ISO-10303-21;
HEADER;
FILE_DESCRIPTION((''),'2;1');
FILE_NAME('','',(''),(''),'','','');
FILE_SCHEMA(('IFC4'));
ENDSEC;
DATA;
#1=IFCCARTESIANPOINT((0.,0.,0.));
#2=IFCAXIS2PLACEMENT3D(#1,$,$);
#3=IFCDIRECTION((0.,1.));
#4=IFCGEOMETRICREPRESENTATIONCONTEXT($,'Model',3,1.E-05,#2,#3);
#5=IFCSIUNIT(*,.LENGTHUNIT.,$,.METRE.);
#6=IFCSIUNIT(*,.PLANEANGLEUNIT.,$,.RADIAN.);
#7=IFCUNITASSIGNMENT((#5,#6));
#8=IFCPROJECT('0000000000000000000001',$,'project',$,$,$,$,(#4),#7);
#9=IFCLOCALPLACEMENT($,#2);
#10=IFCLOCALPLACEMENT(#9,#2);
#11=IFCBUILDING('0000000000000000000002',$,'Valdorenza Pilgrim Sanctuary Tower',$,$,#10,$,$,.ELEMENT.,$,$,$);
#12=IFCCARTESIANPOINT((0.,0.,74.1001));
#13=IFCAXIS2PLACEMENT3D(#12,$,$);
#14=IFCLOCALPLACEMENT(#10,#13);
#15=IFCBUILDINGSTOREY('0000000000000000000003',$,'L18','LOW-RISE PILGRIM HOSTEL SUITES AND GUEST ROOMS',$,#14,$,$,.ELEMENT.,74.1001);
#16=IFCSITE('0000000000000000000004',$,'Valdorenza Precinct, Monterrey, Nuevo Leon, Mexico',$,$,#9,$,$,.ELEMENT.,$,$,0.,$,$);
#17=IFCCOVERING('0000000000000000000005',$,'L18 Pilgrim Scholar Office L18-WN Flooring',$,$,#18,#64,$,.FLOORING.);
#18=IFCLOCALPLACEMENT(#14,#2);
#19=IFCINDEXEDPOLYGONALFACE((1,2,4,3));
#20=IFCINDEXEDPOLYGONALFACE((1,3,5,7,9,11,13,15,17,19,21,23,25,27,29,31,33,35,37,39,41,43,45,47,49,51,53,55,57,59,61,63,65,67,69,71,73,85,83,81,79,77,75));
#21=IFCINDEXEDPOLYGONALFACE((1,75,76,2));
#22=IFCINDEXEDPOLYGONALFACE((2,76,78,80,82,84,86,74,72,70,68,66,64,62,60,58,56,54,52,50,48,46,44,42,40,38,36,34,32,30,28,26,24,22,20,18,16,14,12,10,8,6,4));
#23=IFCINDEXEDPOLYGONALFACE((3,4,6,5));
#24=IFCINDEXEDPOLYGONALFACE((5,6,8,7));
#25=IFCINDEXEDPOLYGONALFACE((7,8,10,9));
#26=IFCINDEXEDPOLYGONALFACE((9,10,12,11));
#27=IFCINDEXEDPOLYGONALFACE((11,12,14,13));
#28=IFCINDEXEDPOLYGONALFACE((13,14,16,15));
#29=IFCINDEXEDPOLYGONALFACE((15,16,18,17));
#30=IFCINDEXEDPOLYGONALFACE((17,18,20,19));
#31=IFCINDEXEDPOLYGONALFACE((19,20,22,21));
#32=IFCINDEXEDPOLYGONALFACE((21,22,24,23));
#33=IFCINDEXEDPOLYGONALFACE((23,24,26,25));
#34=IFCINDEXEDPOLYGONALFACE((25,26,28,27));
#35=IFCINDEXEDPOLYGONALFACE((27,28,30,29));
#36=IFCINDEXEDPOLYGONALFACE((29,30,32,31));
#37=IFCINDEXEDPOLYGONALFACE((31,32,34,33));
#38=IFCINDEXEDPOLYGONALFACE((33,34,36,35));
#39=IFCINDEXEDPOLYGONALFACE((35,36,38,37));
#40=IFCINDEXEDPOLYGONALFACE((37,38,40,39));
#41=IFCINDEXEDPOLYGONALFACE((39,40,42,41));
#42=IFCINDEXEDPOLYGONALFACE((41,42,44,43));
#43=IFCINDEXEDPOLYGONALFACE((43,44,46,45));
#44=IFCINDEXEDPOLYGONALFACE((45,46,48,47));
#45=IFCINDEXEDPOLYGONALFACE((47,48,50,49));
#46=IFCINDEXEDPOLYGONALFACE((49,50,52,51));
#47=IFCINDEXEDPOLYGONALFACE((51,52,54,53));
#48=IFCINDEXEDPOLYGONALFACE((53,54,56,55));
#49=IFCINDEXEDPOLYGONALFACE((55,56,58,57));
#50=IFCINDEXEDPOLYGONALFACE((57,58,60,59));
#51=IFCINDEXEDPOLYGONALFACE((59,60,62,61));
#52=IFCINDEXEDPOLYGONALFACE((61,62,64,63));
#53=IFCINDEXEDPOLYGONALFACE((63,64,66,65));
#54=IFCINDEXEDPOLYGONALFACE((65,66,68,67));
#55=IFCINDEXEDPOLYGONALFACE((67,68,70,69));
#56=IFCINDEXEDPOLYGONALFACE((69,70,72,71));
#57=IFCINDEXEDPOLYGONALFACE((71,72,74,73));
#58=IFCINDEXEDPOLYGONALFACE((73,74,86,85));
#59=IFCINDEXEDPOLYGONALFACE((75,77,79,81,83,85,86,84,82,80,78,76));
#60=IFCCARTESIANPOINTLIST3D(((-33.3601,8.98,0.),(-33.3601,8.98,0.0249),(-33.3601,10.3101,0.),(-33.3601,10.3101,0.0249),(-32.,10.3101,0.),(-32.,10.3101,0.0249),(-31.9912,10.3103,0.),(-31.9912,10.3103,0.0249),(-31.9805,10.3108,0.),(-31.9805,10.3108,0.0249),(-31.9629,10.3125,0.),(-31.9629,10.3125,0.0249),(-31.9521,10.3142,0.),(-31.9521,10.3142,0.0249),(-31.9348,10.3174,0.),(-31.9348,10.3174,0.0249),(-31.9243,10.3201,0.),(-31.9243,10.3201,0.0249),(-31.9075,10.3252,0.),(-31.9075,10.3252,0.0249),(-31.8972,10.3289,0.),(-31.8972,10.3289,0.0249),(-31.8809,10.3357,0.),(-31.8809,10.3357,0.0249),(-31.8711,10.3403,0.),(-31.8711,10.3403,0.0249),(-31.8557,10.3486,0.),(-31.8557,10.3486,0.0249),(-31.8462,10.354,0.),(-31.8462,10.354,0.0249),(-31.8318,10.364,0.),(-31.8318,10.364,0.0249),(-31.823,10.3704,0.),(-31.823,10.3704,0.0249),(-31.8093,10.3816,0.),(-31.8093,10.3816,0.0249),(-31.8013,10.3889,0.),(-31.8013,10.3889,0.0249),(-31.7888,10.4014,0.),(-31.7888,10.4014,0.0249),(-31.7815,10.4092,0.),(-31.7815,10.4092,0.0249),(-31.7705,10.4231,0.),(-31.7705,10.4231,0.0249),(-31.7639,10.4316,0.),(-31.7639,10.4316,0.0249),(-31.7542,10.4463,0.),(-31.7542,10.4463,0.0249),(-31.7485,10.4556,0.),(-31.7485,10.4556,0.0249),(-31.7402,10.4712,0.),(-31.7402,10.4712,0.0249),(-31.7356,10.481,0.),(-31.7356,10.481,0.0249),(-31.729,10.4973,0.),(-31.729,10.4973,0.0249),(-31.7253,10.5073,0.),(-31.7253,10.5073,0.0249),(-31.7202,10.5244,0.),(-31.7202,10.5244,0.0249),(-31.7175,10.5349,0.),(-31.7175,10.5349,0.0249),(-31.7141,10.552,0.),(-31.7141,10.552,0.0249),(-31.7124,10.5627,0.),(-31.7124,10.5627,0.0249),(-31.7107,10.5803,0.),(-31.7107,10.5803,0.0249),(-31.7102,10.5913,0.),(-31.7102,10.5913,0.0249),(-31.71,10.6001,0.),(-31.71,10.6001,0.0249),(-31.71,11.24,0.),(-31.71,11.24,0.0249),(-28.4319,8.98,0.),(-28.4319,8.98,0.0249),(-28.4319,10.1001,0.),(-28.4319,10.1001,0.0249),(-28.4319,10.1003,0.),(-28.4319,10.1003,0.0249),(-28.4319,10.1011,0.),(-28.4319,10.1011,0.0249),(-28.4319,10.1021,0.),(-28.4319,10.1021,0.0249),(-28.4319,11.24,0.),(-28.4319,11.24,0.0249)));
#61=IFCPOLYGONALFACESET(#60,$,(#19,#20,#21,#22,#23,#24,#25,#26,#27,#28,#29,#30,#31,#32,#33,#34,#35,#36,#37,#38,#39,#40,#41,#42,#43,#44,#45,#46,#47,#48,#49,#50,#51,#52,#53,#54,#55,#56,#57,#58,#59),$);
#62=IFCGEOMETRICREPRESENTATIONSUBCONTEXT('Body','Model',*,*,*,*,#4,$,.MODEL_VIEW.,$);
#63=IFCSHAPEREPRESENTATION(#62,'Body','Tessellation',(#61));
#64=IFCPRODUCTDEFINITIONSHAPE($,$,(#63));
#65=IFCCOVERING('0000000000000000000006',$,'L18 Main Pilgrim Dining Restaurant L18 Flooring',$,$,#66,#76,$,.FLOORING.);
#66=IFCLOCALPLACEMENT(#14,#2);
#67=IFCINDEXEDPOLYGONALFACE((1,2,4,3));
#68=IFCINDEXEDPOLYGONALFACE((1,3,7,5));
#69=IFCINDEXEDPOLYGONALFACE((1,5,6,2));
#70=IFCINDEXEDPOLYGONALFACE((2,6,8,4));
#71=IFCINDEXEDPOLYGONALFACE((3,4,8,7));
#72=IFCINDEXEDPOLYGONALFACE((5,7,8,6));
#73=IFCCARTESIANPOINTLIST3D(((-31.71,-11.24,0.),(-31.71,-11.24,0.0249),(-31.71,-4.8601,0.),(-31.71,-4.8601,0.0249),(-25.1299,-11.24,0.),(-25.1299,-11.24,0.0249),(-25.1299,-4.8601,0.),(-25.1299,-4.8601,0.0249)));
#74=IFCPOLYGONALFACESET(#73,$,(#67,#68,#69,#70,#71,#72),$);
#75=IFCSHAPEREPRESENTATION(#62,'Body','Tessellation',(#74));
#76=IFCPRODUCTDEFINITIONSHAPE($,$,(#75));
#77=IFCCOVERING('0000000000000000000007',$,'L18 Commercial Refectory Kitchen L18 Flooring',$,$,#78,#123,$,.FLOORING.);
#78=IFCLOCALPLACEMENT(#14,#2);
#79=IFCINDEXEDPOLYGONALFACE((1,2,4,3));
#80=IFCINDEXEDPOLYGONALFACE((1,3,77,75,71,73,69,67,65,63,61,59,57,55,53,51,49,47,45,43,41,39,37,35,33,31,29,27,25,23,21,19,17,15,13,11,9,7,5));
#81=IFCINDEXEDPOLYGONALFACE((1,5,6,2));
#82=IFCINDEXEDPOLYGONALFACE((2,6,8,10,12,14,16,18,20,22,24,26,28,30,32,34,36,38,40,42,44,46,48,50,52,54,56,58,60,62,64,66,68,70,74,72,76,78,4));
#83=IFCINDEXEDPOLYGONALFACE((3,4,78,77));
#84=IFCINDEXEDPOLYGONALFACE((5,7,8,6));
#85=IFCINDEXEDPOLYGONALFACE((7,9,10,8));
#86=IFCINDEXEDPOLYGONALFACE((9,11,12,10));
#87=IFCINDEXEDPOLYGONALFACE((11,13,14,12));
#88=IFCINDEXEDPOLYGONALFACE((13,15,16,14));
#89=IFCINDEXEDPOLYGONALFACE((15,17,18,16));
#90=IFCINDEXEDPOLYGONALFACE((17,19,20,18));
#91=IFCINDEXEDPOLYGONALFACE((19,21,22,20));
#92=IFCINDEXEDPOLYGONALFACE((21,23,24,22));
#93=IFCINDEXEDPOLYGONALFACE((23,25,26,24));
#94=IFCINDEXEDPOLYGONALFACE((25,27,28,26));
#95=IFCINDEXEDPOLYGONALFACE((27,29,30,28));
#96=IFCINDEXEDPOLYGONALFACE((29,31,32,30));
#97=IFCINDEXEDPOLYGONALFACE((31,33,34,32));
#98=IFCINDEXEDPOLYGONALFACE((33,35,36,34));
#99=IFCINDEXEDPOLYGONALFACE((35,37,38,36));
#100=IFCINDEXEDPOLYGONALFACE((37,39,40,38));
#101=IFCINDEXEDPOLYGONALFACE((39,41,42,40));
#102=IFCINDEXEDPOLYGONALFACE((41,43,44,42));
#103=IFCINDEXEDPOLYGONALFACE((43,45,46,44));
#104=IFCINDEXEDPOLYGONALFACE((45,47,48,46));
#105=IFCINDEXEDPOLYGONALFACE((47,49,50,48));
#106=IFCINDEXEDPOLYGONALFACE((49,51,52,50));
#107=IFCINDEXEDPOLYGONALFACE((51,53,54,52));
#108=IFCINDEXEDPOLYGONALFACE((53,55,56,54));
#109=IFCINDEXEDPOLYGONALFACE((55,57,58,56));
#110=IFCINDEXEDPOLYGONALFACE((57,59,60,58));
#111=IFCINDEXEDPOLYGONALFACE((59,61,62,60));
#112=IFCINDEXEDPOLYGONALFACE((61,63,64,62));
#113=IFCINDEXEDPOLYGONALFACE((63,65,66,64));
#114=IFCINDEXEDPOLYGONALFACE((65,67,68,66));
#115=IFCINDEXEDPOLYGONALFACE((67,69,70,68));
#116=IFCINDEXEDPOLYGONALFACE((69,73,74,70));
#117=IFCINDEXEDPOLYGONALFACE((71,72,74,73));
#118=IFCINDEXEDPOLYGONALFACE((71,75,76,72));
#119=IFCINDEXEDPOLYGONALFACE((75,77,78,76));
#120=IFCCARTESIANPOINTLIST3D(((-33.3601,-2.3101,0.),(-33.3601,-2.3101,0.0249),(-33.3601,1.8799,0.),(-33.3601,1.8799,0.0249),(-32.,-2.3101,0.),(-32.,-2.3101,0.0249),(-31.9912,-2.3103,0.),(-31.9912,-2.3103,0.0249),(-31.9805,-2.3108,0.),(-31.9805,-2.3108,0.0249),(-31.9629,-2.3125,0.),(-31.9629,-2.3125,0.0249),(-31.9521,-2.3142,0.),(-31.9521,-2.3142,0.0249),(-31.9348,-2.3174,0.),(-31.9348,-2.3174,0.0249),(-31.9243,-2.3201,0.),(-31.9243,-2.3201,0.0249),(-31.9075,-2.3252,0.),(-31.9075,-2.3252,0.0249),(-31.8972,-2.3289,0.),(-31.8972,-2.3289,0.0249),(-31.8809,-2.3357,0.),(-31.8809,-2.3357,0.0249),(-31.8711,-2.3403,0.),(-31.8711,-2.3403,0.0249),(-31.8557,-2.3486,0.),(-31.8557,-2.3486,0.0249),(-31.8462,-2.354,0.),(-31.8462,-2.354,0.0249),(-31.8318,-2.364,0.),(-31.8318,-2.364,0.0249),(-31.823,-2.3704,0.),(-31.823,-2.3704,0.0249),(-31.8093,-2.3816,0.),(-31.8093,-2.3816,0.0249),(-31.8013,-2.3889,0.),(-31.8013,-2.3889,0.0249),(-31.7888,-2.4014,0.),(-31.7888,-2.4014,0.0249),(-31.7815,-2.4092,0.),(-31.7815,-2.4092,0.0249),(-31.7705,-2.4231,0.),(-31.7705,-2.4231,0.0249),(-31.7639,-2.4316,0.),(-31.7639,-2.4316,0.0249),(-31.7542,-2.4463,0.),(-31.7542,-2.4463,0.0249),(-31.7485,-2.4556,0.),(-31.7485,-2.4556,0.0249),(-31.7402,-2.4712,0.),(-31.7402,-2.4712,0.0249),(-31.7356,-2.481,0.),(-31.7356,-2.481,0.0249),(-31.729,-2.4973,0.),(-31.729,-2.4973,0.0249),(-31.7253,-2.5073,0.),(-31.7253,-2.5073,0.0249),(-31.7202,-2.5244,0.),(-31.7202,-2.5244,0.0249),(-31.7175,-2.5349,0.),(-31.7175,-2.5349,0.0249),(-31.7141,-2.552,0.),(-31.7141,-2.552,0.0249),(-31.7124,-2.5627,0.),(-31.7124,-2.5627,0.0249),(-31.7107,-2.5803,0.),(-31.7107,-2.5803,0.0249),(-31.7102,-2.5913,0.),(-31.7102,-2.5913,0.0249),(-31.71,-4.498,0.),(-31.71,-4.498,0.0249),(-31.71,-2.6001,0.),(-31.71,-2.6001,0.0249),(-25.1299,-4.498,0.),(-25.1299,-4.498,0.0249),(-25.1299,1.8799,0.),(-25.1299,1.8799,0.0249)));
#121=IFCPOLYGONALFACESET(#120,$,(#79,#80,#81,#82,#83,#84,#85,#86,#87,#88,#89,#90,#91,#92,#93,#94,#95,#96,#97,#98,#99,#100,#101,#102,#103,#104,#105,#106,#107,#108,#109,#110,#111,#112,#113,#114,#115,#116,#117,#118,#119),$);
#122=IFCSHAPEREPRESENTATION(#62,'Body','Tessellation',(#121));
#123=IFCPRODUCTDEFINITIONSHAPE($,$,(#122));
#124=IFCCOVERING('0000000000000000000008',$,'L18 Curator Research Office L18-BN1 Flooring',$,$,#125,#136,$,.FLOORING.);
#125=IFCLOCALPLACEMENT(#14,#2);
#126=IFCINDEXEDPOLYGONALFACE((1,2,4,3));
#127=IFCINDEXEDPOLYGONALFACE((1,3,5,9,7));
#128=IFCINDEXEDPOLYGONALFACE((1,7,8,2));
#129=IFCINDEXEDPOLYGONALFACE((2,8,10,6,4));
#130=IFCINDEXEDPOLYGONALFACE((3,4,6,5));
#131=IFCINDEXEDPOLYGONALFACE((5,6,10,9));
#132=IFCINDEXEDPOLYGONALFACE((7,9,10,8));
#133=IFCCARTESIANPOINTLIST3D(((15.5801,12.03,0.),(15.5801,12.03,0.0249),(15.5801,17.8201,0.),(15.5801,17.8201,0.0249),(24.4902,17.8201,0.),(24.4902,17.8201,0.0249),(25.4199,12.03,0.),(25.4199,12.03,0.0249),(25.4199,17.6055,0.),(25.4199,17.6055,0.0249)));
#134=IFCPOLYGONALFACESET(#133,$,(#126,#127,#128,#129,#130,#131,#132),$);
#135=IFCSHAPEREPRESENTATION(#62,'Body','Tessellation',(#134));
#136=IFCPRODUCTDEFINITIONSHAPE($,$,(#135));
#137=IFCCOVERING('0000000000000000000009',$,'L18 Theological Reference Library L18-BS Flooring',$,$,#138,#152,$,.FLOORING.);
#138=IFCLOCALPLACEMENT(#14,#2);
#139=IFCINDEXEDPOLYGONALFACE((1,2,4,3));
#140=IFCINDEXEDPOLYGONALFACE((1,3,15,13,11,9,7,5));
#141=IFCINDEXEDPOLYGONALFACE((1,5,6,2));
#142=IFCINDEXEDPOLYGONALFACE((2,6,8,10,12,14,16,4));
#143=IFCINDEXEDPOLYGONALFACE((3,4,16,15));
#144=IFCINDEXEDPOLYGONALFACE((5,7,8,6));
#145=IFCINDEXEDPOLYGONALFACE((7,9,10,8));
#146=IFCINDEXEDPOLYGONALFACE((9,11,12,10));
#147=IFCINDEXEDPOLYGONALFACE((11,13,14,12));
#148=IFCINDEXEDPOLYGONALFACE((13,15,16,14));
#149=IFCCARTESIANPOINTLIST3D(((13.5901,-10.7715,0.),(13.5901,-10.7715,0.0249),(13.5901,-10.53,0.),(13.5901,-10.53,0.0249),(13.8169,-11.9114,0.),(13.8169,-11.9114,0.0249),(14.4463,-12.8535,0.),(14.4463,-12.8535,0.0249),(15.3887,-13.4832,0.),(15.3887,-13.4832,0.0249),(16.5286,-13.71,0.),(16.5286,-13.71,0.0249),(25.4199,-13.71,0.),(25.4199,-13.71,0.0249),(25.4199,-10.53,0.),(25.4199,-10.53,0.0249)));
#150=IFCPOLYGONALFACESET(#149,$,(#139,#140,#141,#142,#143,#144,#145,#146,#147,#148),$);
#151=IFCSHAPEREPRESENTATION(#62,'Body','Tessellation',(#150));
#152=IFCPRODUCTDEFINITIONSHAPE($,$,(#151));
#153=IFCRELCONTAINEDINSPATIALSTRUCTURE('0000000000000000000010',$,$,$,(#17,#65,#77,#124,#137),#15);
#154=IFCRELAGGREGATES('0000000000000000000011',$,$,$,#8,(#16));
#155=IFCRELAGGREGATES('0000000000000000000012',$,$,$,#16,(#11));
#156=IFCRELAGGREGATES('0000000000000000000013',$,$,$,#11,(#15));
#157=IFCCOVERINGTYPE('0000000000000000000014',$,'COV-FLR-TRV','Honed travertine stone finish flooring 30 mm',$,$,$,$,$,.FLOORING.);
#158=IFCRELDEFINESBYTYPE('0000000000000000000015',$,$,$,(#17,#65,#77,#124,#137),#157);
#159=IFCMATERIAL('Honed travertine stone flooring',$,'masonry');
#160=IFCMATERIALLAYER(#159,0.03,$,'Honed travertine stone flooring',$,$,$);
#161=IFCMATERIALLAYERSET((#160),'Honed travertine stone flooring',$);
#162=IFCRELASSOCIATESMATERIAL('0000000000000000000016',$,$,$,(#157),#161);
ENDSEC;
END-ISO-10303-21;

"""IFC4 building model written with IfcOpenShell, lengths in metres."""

from ifc_helpers import new_model, si_unit, direction, frame, origin, place, context, subcontext, project, spatial, polyline, outline, extrude, material, layer, layer_set, type_object, element, save


model = new_model("IFC4")

# Units and contexts
model_context = context("Model", 3, precision=1e-05, world=origin(), true_north=direction((0.0, 1.0)))
body_context = subcontext(model_context, "Body", "Model", "MODEL_VIEW")
ifc_project = project(units=[si_unit("LENGTHUNIT", "METRE"), si_unit("PLANEANGLEUNIT", "RADIAN")], contexts=[model_context])

# Site, building, storey
site_placement = place(None, origin())
site = spatial("IfcSite", under=ifc_project, at=site_placement, Name="Valdorenza Precinct, Monterrey, Nuevo Leon, Mexico", CompositionType="ELEMENT", RefElevation=0.0)
building_placement = place(site_placement, origin())
building = spatial("IfcBuilding", under=site, at=building_placement, Name="Valdorenza Pilgrim Sanctuary Tower", CompositionType="ELEMENT")
storey_placement = place(building_placement, frame((0.0, 0.0, 74.1001)))
storey = spatial("IfcBuildingStorey", under=building, at=storey_placement, Name="L18", Description="LOW-RISE PILGRIM HOSTEL SUITES AND GUEST ROOMS", CompositionType="ELEMENT", Elevation=74.1001)

# Coverings
ifc_material_1 = material(Name="Honed travertine stone flooring", Category="masonry")
ifc_layer_1 = layer(ifc_material_1, 0.03, Name="Honed travertine stone flooring")
ifc_layer_set_1 = layer_set([ifc_layer_1], Name="Honed travertine stone flooring")
covering_type_1 = type_object("IfcCoveringType", Name="COV-FLR-TRV", Description="Honed travertine stone finish flooring 30 mm", PredefinedType="FLOORING", material=ifc_layer_set_1)
covering_1_placement = place(storey_placement, origin())
element("IfcCovering", 1, at=covering_1_placement, inside=storey, type_object=covering_type_1, Name="L18 Pilgrim Scholar Office L18-WN Flooring", PredefinedType="FLOORING", context=body_context, shape_type="SweptSolid", body=[
    extrude(outline(polyline([(-28.4319, 11.24), (-28.4319, 10.1021), (-28.4319, 10.1011), (-28.4319, 10.1003), (-28.4319, 10.1001), (-28.4319, 8.98), (-33.3601, 8.98), (-33.3601, 10.3101), (-32.0, 10.3101), (-31.9912, 10.3103), (-31.9805, 10.3108), (-31.9629, 10.3125), (-31.9521, 10.3142), (-31.9348, 10.3174), (-31.9243, 10.3201), (-31.9075, 10.3252), (-31.8972, 10.3289), (-31.8809, 10.3357), (-31.8711, 10.3403), (-31.8557, 10.3486), (-31.8462, 10.354), (-31.8318, 10.364), (-31.823, 10.3704), (-31.8093, 10.3816), (-31.8013, 10.3889), (-31.7888, 10.4014), (-31.7815, 10.4092), (-31.7705, 10.4231), (-31.7639, 10.4316), (-31.7542, 10.4463), (-31.7485, 10.4556), (-31.7402, 10.4712), (-31.7356, 10.481), (-31.729, 10.4973), (-31.7253, 10.5073), (-31.7202, 10.5244), (-31.7175, 10.5349), (-31.7141, 10.552), (-31.7124, 10.5627), (-31.7107, 10.5803), (-31.7102, 10.5913), (-31.71, 10.6001), (-31.71, 11.24), (-28.4319, 11.24)])), origin(), (0.0, 0.0, 1.0), 0.0249),
])
covering_2_placement = place(storey_placement, origin())
element("IfcCovering", 2, at=covering_2_placement, inside=storey, type_object=covering_type_1, Name="L18 Main Pilgrim Dining Restaurant L18 Flooring", PredefinedType="FLOORING", context=body_context, shape_type="SweptSolid", body=[
    extrude(outline(polyline([(-25.1299, -11.24), (-31.71, -11.24), (-31.71, -4.8601), (-25.1299, -4.8601), (-25.1299, -11.24)])), origin(), (0.0, 0.0, 1.0), 0.0249),
])
covering_3_placement = place(storey_placement, origin())
element("IfcCovering", 3, at=covering_3_placement, inside=storey, type_object=covering_type_1, Name="L18 Commercial Refectory Kitchen L18 Flooring", PredefinedType="FLOORING", context=body_context, shape_type="SweptSolid", body=[
    extrude(outline(polyline([(-25.1299, -4.498), (-31.71, -4.498), (-31.71, -2.6001), (-31.7102, -2.5913), (-31.7107, -2.5803), (-31.7124, -2.5627), (-31.7141, -2.552), (-31.7175, -2.5349), (-31.7202, -2.5244), (-31.7253, -2.5073), (-31.729, -2.4973), (-31.7356, -2.481), (-31.7402, -2.4712), (-31.7485, -2.4556), (-31.7542, -2.4463), (-31.7639, -2.4316), (-31.7705, -2.4231), (-31.7815, -2.4092), (-31.7888, -2.4014), (-31.8013, -2.3889), (-31.8093, -2.3816), (-31.823, -2.3704), (-31.8318, -2.364), (-31.8462, -2.354), (-31.8557, -2.3486), (-31.8711, -2.3403), (-31.8809, -2.3357), (-31.8972, -2.3289), (-31.9075, -2.3252), (-31.9243, -2.3201), (-31.9348, -2.3174), (-31.9521, -2.3142), (-31.9629, -2.3125), (-31.9805, -2.3108), (-31.9912, -2.3103), (-32.0, -2.3101), (-33.3601, -2.3101), (-33.3601, 1.8799), (-25.1299, 1.8799), (-25.1299, -4.498)])), origin(), (0.0, 0.0, 1.0), 0.0249),
])
covering_4_placement = place(storey_placement, origin())
element("IfcCovering", 4, at=covering_4_placement, inside=storey, type_object=covering_type_1, Name="L18 Curator Research Office L18-BN1 Flooring", PredefinedType="FLOORING", context=body_context, shape_type="SweptSolid", body=[
    extrude(outline(polyline([(15.5801, 12.03), (15.5801, 17.8201), (24.4902, 17.8201), (25.4199, 17.6055), (25.4199, 12.03), (15.5801, 12.03)])), origin(), (0.0, 0.0, 1.0), 0.0249),
])
covering_5_placement = place(storey_placement, origin())
element("IfcCovering", 5, at=covering_5_placement, inside=storey, type_object=covering_type_1, Name="L18 Theological Reference Library L18-BS Flooring", PredefinedType="FLOORING", context=body_context, shape_type="SweptSolid", body=[
    extrude(outline(polyline([(25.4199, -13.71), (16.5286, -13.71), (15.3887, -13.4832), (14.4463, -12.8535), (13.8169, -11.9114), (13.5901, -10.7715), (13.5901, -10.53), (25.4199, -10.53), (25.4199, -13.71)])), origin(), (0.0, 0.0, 1.0), 0.0249),
])

save(model, "model.ifc")
